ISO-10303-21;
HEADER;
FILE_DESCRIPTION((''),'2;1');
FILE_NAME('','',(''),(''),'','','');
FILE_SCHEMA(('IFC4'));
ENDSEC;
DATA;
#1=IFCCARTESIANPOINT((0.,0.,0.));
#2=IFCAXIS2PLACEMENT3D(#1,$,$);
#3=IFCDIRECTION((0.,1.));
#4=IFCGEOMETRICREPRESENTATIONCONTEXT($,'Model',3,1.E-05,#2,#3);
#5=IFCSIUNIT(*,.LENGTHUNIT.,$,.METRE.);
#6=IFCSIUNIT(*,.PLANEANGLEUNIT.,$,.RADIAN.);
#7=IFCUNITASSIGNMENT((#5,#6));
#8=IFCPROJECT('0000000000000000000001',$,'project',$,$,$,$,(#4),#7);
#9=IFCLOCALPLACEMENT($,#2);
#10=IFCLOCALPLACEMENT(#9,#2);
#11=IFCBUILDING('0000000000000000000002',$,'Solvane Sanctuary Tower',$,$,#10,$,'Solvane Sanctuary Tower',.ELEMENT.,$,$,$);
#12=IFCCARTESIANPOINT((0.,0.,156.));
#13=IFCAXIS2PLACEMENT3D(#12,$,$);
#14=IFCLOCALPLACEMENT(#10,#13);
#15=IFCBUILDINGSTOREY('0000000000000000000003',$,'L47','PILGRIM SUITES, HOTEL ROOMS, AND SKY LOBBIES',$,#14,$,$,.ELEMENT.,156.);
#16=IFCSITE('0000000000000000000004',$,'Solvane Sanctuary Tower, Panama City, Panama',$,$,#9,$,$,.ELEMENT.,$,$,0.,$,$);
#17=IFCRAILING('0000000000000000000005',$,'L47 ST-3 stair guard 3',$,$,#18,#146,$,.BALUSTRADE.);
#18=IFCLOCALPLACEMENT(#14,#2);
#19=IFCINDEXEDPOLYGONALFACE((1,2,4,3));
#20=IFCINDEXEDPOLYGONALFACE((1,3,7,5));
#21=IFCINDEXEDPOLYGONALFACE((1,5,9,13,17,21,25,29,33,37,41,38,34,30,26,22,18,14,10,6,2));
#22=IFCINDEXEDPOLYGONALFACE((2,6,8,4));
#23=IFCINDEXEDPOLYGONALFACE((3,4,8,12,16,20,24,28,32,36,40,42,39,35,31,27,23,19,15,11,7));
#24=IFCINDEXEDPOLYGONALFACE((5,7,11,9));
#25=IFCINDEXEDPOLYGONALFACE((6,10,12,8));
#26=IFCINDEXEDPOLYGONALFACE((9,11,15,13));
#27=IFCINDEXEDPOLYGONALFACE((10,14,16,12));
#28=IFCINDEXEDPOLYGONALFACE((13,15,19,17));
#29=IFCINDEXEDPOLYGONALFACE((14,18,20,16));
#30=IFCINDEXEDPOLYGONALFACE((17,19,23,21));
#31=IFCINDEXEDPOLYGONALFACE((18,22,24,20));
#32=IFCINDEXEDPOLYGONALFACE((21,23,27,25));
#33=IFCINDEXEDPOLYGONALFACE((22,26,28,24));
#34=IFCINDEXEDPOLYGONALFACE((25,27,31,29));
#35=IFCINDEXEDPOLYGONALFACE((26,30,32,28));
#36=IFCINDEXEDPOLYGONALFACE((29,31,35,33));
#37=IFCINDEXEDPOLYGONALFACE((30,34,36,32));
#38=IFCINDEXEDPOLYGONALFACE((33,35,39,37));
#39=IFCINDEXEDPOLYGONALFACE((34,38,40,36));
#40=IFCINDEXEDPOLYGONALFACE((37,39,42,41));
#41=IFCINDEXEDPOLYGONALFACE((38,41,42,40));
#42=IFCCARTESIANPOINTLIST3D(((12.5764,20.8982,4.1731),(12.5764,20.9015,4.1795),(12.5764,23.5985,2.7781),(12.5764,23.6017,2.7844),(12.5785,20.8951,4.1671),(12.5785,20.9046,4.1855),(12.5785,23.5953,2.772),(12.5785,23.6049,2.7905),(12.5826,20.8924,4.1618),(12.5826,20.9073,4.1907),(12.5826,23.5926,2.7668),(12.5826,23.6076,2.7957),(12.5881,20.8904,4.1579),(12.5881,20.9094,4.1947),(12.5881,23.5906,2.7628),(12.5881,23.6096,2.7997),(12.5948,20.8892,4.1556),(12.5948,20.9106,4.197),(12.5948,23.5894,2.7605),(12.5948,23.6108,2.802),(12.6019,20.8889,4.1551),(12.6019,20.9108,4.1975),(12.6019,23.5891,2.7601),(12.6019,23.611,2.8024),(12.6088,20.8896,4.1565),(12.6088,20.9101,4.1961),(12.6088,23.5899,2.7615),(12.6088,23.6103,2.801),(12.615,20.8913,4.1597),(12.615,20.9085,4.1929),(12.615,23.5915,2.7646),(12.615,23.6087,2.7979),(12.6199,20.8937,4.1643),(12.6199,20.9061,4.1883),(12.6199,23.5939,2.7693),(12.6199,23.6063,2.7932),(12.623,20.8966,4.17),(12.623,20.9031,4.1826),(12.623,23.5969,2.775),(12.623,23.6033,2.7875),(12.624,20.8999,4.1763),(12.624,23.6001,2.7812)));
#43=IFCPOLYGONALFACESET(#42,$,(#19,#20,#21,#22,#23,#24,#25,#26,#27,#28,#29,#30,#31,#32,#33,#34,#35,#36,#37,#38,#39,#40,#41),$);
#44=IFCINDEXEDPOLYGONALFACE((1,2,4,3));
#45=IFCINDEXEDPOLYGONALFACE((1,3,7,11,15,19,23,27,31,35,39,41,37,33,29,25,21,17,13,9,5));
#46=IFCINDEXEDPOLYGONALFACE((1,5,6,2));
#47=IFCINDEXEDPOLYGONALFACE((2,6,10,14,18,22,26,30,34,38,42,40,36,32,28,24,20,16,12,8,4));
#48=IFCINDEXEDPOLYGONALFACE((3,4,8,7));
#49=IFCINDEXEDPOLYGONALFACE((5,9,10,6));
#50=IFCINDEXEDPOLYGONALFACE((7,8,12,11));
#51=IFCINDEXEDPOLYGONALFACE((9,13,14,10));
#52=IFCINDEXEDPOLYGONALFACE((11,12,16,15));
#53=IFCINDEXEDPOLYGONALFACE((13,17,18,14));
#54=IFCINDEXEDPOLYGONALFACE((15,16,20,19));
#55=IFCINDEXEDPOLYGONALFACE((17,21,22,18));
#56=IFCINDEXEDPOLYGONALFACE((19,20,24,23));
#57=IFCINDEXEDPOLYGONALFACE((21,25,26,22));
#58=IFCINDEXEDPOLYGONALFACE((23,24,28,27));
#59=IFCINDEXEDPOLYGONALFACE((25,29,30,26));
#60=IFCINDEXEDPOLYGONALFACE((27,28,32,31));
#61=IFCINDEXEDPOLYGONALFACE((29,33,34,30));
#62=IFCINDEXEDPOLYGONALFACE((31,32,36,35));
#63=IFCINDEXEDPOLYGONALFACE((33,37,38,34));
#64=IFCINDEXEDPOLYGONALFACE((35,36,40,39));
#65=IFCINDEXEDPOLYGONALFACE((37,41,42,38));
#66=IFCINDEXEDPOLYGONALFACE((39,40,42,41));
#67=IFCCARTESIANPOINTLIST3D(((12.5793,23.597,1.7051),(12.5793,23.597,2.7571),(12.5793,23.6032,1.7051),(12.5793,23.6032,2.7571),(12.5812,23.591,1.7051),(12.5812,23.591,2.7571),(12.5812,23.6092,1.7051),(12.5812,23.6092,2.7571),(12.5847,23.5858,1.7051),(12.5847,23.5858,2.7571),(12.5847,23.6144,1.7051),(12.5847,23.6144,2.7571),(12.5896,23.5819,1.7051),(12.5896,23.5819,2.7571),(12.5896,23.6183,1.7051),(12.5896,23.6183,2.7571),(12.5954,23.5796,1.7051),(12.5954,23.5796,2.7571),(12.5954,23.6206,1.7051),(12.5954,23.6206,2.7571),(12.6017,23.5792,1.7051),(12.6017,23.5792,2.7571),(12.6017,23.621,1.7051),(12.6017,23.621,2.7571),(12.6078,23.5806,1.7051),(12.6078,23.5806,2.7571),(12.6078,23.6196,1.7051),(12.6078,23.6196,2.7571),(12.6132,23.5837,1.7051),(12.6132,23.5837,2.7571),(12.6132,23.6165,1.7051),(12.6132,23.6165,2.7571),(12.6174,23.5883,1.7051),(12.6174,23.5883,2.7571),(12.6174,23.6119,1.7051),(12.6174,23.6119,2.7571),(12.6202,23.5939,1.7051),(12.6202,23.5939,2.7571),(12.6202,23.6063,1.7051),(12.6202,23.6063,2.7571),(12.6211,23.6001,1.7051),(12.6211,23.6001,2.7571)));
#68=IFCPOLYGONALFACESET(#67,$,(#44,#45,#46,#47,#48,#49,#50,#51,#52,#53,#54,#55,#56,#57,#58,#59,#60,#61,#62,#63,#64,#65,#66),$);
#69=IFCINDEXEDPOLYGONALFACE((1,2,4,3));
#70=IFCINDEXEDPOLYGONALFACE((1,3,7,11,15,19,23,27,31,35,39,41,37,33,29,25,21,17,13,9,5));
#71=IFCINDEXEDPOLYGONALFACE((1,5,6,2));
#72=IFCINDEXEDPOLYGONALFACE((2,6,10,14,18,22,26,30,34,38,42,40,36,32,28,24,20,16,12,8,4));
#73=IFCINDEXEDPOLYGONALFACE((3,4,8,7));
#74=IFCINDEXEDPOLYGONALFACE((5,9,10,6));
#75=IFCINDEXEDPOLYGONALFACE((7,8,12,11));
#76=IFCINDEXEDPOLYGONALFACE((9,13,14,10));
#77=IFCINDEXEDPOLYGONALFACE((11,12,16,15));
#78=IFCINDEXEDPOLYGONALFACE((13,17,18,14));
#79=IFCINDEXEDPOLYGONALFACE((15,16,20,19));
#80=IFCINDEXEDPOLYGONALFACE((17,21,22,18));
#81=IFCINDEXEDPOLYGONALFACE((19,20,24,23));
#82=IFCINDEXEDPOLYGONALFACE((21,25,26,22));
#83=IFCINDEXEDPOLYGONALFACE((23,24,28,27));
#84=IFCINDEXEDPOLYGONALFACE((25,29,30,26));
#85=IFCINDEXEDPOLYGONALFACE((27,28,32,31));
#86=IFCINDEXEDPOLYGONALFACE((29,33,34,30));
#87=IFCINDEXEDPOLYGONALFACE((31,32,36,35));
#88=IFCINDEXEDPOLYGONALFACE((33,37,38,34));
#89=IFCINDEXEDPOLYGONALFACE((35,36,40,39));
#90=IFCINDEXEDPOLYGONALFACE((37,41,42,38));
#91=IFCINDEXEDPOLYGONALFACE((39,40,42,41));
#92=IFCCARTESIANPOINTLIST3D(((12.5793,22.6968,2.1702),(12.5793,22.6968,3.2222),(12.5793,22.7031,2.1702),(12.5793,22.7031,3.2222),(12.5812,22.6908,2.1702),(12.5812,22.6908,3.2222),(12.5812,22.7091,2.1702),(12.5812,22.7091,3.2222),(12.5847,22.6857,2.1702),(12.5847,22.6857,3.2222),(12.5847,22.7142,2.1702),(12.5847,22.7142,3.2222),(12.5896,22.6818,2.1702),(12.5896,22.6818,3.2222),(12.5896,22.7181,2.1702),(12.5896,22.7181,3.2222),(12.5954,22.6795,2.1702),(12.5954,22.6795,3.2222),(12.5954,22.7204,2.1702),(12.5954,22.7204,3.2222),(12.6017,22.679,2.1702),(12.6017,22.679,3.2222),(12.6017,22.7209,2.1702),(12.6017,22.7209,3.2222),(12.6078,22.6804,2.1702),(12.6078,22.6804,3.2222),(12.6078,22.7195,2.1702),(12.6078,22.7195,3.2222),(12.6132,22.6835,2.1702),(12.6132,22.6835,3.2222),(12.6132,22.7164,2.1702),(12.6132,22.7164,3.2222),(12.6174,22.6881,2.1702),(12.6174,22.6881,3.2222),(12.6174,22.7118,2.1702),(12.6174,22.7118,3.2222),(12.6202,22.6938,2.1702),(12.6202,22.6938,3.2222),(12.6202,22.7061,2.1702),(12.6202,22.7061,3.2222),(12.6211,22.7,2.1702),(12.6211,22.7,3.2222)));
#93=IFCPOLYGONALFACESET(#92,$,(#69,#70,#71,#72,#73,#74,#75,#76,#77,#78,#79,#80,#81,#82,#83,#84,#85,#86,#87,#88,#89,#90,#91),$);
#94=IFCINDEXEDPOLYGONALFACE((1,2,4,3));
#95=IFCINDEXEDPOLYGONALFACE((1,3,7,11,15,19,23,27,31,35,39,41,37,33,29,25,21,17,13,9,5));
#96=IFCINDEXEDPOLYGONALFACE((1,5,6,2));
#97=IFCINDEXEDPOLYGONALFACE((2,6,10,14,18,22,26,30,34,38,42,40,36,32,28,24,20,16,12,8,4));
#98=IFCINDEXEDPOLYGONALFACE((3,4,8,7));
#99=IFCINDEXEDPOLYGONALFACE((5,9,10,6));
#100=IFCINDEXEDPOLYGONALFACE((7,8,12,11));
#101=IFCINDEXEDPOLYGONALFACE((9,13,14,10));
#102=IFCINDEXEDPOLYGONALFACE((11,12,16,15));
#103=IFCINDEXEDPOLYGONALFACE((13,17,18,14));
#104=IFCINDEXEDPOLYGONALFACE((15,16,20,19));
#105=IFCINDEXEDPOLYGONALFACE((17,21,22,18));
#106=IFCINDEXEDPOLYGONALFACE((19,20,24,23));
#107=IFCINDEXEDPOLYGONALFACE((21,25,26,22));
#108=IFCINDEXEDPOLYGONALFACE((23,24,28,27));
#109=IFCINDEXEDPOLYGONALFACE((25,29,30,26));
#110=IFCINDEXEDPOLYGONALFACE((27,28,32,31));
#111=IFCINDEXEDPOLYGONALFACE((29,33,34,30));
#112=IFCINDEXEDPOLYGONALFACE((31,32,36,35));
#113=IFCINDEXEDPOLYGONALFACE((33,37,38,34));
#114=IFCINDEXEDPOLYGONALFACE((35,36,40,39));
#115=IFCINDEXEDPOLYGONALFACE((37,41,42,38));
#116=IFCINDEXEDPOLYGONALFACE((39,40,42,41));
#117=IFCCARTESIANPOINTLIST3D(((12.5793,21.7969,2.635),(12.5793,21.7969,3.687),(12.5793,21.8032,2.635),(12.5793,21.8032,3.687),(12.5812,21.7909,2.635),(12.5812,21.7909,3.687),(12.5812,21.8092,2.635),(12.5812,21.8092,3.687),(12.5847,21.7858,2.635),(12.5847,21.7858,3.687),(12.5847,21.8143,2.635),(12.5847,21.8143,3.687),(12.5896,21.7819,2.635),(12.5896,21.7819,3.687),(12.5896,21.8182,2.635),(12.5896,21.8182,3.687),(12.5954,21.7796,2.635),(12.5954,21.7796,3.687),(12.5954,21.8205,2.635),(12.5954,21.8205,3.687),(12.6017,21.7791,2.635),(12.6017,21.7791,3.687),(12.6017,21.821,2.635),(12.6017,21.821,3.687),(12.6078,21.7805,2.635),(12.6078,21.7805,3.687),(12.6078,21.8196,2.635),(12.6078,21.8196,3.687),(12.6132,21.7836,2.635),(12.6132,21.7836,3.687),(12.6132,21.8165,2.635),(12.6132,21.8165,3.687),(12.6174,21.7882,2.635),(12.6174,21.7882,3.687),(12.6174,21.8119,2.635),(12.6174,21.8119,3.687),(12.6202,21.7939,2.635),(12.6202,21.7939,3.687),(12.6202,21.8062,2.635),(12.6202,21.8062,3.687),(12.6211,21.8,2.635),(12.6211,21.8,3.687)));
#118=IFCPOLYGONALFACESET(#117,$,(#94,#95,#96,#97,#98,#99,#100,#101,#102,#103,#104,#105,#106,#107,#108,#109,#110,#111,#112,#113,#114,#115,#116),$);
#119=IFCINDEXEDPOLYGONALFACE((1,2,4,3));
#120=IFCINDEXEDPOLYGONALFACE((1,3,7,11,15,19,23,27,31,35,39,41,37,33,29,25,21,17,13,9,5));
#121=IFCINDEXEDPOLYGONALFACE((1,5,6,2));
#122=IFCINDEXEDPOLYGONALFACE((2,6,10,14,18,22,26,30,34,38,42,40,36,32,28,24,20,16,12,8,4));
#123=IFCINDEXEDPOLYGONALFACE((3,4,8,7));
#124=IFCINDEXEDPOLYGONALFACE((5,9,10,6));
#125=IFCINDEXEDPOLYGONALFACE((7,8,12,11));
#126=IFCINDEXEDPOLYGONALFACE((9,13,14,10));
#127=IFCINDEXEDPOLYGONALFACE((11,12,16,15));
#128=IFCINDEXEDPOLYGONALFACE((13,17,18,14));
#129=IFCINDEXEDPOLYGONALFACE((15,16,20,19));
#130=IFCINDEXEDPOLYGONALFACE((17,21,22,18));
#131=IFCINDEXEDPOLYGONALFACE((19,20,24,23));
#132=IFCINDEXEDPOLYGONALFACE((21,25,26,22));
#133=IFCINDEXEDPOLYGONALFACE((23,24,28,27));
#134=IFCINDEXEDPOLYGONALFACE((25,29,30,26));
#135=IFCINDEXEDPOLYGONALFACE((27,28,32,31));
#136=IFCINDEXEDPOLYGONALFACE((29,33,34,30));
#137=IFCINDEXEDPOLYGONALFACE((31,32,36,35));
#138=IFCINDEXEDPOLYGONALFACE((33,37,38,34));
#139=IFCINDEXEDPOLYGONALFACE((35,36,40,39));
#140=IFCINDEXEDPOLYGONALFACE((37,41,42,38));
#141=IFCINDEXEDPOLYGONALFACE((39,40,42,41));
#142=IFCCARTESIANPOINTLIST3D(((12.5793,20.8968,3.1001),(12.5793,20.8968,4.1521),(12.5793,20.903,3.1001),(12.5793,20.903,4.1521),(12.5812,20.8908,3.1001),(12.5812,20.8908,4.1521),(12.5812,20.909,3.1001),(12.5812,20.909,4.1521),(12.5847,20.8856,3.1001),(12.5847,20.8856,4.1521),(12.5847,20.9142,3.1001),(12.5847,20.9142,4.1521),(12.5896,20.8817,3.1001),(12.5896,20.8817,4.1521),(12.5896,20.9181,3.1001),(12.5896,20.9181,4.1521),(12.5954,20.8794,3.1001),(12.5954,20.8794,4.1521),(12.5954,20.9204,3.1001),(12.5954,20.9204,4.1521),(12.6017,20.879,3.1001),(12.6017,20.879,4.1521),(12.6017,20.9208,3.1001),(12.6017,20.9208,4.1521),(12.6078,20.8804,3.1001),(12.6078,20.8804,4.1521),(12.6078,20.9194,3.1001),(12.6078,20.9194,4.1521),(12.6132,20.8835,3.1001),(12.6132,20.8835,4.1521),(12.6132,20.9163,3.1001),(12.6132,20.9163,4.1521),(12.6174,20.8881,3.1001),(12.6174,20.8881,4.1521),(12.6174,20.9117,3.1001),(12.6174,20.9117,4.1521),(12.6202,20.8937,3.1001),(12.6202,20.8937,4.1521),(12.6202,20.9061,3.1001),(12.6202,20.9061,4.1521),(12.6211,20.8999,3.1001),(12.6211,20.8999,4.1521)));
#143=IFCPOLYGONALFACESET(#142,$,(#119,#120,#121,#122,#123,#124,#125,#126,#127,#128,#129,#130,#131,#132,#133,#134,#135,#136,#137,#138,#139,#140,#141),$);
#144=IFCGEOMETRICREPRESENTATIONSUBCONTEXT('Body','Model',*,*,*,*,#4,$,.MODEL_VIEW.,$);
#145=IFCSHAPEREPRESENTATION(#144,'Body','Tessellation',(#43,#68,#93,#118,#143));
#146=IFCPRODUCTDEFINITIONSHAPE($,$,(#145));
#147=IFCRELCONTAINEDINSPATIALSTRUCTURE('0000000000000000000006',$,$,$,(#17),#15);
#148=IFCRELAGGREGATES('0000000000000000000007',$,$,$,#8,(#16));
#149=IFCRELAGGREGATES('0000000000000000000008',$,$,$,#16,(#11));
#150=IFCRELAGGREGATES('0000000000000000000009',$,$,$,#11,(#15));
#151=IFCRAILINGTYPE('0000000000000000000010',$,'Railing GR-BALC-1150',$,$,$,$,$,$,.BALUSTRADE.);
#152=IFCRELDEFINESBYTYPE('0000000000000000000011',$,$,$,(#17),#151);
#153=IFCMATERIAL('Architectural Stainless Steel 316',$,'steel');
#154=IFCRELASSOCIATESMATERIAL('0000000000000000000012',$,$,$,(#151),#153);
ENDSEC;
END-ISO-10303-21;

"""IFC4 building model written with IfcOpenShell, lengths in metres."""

from ifc_helpers import new_model, si_unit, direction, frame, origin, origin_2d, place, context, subcontext, project, spatial, circle, extrude, material, type_object, element, save


model = new_model("IFC4")

# Units and contexts
model_context = context("Model", 3, precision=1e-05, world=origin(), true_north=direction((0.0, 1.0)))
body_context = subcontext(model_context, "Body", "Model", "MODEL_VIEW")
ifc_project = project(units=[si_unit("LENGTHUNIT", "METRE"), si_unit("PLANEANGLEUNIT", "RADIAN")], contexts=[model_context])

# Site, building, storey
site_placement = place(None, origin())
site = spatial("IfcSite", under=ifc_project, at=site_placement, Name="Solvane Sanctuary Tower, Panama City, Panama", CompositionType="ELEMENT", RefElevation=0.0)
building_placement = place(site_placement, origin())
building = spatial("IfcBuilding", under=site, at=building_placement, Name="Solvane Sanctuary Tower", LongName="Solvane Sanctuary Tower", CompositionType="ELEMENT")
storey_placement = place(building_placement, frame((0.0, 0.0, 156.0)))
storey = spatial("IfcBuildingStorey", under=building, at=storey_placement, Name="L47", Description="PILGRIM SUITES, HOTEL ROOMS, AND SKY LOBBIES", CompositionType="ELEMENT", Elevation=156.0)

# Shared definitions
ifc_material_1 = material(Name="Architectural Stainless Steel 316", Category="steel")

# Railing
railing_type_1 = type_object("IfcRailingType", Name="Railing GR-BALC-1150", PredefinedType="BALUSTRADE", material=ifc_material_1)
railing_1_placement = place(storey_placement, frame((12.6001, 23.6001, 1.7051)))
element("IfcRailing", 1, at=railing_1_placement, inside=storey, type_object=railing_type_1, Name="L47 ST-3 stair guard 3", PredefinedType="BALUSTRADE", context=body_context, shape_type="SweptSolid", body=[
    extrude(circle(Radius=0.0239, at=origin_2d()), frame((0.0, 0.0, 1.0762), z_axis=(0.0, -0.888437, 0.458999), x_axis=(1.0, 0.0, 0.0)), (0.0, 0.0, 1.0), 3.0393),
    extrude(circle(Radius=0.021, at=origin_2d()), origin(), (0.0, 0.0, 1.0), 1.052),
    extrude(circle(Radius=0.021, at=origin_2d()), frame((0.0, -0.9001, 0.4651)), (0.0, 0.0, 1.0), 1.052),
    extrude(circle(Radius=0.021, at=origin_2d()), frame((0.0, -1.8, 0.9299)), (0.0, 0.0, 1.0), 1.052),
    extrude(circle(Radius=0.021, at=origin_2d()), frame((0.0, -2.7002, 1.395)), (0.0, 0.0, 1.0), 1.052),
])

save(model, "model.ifc")
